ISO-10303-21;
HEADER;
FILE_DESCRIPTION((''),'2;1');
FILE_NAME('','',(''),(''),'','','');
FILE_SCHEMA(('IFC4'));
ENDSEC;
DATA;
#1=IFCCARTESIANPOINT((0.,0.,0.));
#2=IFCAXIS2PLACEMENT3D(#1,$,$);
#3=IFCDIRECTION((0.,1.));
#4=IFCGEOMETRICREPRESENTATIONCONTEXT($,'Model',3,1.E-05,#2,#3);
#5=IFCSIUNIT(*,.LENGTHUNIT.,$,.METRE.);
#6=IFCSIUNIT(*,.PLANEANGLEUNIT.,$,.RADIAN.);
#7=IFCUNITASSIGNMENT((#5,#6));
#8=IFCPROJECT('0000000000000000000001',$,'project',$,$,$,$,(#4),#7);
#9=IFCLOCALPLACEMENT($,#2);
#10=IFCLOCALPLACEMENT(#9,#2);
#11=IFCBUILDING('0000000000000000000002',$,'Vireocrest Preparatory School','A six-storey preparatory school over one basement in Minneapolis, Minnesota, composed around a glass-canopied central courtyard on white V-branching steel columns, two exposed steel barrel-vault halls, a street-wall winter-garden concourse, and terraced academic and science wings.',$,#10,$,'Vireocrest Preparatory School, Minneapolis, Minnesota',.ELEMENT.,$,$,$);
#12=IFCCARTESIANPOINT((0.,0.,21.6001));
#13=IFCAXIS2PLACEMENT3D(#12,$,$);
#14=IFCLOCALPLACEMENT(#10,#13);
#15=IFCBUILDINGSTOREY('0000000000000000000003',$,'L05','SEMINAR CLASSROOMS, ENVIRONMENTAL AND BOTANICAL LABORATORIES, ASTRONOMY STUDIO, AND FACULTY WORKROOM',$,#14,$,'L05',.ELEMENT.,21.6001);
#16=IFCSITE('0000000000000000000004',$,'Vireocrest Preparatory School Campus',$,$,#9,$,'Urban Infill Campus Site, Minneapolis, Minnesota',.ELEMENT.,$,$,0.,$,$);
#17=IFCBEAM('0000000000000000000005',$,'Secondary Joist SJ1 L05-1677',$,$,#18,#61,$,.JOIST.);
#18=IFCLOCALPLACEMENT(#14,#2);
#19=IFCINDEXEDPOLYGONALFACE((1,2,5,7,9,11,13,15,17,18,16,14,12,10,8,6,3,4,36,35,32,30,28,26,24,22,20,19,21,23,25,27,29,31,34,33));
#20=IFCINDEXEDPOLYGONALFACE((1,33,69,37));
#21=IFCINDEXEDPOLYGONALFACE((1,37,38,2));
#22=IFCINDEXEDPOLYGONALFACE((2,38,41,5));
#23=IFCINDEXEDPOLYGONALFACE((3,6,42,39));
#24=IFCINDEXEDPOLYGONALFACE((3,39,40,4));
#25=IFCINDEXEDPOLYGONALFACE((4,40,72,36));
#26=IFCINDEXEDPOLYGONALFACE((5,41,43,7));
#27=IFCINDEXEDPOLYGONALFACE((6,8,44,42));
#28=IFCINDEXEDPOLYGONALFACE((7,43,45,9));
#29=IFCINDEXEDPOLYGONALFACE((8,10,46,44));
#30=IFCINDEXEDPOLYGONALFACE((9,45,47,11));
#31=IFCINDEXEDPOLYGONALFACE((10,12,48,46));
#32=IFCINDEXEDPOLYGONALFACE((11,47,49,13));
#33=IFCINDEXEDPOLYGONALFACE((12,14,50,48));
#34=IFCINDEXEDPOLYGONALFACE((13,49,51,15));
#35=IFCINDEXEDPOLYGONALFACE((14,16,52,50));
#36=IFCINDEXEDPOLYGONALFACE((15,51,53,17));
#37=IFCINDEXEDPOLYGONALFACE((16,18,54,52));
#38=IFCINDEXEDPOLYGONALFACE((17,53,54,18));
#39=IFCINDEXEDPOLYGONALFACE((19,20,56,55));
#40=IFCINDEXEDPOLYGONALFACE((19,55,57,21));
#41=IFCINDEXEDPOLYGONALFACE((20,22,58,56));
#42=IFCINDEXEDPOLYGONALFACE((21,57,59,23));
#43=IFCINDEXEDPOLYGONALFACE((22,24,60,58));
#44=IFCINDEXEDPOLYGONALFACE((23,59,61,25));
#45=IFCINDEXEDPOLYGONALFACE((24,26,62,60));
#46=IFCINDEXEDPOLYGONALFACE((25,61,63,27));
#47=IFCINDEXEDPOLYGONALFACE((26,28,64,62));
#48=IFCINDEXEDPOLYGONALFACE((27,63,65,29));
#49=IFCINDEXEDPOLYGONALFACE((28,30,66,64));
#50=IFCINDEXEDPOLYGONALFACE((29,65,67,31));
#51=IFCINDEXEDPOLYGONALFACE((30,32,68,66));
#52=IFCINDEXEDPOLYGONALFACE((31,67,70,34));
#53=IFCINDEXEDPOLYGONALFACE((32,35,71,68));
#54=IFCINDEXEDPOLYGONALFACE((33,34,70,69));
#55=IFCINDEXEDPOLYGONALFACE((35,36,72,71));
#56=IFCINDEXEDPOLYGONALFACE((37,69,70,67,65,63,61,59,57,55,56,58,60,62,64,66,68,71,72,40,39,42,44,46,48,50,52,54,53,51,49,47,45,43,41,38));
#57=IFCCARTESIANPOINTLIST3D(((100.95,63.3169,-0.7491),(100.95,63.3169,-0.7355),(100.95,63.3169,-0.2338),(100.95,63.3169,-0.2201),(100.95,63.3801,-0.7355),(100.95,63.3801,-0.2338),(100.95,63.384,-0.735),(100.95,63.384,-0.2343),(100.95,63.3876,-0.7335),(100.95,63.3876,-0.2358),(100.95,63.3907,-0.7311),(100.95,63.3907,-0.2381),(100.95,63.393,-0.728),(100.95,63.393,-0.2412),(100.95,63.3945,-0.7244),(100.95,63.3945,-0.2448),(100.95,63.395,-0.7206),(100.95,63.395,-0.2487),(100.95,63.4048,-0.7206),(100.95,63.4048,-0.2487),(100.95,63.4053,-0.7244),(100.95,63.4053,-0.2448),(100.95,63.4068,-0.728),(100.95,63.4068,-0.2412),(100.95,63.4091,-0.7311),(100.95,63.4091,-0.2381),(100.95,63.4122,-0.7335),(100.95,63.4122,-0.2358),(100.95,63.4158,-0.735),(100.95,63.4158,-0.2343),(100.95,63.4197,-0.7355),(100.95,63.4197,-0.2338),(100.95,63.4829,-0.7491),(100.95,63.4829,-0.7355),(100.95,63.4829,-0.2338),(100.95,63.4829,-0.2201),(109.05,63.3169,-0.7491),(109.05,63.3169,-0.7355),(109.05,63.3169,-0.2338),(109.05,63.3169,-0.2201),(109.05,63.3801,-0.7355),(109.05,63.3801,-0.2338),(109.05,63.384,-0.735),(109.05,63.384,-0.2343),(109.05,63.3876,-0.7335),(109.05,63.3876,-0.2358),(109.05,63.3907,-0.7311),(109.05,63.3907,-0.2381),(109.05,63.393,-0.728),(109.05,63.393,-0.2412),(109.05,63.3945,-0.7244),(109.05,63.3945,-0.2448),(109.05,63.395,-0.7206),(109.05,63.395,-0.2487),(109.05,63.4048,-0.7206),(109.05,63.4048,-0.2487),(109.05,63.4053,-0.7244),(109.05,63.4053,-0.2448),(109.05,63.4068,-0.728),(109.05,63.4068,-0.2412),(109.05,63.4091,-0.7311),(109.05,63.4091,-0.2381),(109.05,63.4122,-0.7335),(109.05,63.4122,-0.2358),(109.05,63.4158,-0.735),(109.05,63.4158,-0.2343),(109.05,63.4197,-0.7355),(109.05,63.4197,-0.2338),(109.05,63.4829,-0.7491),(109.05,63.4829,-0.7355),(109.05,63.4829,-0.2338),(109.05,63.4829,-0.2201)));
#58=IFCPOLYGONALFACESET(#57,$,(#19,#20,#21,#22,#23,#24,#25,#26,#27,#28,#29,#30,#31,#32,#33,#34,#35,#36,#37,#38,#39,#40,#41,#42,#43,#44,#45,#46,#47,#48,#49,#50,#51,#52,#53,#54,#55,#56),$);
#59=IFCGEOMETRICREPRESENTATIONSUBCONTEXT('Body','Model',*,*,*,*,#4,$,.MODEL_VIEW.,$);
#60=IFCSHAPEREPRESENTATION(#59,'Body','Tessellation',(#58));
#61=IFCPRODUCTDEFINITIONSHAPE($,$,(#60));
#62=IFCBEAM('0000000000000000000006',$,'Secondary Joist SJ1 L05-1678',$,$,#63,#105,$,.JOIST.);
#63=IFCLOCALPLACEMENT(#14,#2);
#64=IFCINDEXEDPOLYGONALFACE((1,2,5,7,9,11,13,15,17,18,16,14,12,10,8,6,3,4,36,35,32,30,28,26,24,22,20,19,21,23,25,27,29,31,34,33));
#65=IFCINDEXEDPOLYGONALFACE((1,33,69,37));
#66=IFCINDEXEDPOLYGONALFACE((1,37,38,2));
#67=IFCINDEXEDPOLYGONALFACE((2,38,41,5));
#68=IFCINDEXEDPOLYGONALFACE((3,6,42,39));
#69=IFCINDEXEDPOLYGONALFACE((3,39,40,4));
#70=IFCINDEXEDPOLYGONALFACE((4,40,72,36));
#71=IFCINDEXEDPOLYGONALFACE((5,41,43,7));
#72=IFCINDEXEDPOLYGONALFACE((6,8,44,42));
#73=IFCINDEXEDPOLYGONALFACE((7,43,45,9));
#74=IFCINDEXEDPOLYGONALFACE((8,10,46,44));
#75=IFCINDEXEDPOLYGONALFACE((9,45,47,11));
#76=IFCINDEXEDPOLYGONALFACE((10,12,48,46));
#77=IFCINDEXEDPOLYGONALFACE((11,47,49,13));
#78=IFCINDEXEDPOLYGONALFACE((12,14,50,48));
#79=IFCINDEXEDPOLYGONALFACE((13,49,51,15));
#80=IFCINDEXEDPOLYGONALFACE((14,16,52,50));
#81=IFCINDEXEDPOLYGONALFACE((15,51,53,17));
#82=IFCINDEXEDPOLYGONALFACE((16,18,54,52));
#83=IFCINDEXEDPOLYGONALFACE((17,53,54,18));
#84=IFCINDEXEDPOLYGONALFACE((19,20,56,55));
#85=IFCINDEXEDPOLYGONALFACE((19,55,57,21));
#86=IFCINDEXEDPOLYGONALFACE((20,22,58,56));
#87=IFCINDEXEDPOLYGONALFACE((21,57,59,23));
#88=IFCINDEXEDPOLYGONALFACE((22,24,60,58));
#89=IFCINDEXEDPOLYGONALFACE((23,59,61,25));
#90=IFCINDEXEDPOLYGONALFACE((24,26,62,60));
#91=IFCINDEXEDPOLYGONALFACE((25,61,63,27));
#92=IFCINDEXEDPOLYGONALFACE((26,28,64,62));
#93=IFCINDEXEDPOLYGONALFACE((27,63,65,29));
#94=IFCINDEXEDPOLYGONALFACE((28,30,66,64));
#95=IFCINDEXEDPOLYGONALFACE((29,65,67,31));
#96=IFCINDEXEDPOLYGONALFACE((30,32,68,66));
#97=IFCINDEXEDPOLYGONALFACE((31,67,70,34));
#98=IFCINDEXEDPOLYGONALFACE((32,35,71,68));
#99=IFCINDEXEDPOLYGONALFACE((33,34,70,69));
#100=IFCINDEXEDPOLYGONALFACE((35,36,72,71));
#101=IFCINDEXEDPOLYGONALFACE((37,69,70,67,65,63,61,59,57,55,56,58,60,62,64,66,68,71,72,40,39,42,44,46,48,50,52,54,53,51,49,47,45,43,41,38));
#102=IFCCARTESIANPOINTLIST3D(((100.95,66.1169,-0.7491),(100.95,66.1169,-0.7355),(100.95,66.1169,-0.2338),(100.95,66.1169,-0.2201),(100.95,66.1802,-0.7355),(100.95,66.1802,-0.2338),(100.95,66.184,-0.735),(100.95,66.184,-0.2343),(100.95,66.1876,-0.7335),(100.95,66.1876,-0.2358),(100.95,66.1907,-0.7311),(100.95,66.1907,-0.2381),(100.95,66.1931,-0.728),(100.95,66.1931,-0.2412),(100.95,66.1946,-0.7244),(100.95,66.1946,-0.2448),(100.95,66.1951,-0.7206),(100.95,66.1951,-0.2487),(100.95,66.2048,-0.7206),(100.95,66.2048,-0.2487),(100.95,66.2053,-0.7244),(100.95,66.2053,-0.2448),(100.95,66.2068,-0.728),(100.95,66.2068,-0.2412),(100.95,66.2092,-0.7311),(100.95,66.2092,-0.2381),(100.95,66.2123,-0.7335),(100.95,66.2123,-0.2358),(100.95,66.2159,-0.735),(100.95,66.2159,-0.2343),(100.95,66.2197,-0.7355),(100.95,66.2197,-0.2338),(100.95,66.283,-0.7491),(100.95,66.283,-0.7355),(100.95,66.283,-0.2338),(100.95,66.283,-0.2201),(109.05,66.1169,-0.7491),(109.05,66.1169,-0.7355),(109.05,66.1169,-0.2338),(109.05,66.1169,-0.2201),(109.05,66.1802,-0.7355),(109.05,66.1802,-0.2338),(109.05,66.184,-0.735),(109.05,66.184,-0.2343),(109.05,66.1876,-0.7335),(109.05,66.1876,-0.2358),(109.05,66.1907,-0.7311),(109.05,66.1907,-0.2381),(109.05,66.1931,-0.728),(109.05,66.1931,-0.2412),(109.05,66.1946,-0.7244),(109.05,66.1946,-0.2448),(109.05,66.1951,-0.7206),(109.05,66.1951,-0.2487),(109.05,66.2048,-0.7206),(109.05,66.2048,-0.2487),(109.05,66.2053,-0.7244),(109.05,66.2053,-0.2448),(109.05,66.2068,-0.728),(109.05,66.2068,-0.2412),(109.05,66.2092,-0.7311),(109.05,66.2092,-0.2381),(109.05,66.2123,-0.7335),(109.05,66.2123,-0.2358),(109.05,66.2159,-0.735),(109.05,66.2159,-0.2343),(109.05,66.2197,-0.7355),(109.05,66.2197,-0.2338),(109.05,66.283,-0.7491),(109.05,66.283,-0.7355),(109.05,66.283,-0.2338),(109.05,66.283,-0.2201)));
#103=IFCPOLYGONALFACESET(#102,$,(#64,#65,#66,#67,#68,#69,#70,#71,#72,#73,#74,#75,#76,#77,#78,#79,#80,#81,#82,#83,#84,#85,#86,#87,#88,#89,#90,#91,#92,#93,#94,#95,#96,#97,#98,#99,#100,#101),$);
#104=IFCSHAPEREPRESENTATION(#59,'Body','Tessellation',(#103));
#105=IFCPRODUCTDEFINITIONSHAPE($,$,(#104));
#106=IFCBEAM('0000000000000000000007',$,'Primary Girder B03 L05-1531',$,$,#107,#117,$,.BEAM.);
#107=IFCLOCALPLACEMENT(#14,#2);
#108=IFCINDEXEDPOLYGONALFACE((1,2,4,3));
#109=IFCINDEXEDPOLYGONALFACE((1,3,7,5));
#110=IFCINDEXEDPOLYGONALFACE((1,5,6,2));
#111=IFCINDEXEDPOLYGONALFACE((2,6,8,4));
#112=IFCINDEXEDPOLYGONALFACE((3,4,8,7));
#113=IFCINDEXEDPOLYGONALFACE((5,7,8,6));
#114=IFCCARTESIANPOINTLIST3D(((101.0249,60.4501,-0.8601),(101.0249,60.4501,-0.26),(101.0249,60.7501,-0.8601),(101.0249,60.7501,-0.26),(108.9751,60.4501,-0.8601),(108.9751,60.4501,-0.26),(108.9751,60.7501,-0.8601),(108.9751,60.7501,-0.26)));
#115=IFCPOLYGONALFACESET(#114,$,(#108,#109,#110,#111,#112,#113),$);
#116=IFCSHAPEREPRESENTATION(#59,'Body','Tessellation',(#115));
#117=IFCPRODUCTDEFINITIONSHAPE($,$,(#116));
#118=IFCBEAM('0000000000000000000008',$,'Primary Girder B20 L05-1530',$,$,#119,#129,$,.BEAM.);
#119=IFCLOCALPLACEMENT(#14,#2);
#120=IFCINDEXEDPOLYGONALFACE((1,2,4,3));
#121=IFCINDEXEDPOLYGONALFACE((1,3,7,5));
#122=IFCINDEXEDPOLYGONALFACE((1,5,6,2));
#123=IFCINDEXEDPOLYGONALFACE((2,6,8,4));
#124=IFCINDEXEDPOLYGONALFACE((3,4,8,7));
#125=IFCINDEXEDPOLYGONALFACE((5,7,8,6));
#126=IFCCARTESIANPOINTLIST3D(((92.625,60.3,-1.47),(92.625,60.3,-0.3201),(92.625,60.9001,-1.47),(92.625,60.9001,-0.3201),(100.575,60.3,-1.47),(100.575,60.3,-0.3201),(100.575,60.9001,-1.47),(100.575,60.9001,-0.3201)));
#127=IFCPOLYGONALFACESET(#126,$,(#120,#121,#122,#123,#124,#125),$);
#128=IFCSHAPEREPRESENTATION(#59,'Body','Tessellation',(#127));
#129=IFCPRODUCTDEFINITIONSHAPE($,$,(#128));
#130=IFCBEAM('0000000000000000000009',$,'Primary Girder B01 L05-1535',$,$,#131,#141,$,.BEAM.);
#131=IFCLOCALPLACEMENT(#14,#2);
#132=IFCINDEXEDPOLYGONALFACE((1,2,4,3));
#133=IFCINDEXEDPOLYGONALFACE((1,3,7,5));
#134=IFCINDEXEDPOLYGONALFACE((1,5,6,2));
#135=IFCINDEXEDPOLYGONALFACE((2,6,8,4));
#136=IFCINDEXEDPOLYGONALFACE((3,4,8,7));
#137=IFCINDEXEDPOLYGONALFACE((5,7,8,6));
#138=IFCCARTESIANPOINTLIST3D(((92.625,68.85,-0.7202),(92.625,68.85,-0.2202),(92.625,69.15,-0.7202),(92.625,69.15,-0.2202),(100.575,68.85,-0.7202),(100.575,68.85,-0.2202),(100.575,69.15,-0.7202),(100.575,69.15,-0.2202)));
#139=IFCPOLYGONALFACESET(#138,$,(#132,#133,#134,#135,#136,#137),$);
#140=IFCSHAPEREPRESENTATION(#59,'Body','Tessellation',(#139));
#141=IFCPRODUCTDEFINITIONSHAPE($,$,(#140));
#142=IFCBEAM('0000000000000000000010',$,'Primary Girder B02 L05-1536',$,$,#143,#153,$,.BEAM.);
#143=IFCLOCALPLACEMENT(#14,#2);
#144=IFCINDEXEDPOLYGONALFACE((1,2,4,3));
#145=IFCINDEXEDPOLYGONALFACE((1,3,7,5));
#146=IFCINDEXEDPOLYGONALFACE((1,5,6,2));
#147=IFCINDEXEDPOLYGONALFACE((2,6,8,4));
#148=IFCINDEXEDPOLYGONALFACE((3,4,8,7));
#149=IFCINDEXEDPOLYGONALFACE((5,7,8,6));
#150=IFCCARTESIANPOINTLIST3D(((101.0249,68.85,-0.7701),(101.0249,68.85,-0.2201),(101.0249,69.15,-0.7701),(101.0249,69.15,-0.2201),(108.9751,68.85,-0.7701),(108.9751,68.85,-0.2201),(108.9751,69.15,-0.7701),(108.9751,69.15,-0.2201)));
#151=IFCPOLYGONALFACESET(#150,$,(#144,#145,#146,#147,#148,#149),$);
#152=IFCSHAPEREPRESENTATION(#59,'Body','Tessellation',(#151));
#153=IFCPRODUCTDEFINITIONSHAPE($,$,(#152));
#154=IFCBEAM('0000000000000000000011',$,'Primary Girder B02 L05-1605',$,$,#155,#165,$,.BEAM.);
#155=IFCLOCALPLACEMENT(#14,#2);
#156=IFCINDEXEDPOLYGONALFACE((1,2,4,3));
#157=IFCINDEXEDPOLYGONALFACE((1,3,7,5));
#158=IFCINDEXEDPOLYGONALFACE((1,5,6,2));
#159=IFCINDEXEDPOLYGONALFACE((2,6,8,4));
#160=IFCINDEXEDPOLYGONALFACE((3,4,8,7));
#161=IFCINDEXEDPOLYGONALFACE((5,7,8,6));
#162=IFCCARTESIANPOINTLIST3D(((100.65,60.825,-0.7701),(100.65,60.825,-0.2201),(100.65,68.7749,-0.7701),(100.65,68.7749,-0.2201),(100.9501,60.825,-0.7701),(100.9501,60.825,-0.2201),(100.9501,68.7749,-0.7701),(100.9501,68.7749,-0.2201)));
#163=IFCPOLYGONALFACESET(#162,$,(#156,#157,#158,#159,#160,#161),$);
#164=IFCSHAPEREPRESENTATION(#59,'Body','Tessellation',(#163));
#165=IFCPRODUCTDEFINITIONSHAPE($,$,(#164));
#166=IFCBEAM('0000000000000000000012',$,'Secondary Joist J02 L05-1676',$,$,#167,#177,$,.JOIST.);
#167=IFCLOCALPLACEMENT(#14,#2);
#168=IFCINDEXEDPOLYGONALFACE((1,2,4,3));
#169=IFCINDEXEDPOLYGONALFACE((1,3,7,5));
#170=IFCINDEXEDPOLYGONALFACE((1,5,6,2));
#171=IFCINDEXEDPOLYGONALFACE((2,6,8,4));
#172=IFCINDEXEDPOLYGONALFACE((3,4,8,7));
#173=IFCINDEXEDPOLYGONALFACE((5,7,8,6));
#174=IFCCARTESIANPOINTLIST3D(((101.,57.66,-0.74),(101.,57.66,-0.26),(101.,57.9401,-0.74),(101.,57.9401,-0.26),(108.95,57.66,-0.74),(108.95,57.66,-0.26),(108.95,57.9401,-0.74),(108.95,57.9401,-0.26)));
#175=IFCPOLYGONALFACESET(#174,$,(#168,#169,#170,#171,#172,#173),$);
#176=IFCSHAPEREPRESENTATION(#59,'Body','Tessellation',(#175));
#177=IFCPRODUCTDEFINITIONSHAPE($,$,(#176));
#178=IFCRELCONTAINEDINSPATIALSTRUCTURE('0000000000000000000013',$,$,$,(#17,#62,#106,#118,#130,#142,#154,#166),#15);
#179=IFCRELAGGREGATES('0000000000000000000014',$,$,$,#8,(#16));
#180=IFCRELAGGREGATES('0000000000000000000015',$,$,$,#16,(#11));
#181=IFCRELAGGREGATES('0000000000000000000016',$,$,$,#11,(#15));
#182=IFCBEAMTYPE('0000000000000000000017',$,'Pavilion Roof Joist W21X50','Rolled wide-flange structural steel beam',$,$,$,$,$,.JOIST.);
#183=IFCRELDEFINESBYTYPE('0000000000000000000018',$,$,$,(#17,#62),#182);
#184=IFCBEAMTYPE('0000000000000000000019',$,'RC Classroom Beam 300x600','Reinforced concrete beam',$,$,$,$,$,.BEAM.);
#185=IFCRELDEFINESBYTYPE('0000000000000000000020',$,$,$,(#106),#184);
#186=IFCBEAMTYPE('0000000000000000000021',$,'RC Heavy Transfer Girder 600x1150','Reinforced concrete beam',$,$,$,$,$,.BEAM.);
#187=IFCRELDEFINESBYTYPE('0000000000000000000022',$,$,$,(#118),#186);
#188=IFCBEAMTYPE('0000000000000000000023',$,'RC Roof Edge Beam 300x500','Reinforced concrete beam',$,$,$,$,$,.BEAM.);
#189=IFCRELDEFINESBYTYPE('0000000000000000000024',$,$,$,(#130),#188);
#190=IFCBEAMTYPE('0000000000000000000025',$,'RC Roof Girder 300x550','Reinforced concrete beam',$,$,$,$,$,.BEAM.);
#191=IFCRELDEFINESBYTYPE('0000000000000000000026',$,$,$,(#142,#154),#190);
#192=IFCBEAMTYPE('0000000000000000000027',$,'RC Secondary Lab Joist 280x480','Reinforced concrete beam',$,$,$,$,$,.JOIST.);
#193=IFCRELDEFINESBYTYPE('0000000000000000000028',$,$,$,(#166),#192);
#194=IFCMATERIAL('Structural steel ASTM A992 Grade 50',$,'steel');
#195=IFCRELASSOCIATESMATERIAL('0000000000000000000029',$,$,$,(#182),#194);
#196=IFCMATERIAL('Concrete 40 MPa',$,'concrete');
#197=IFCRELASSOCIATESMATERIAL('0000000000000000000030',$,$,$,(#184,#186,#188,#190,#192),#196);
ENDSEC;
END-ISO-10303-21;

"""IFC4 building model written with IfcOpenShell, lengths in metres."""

from ifc_helpers import new_model, si_unit, direction, frame, origin, origin_2d, place, context, subcontext, project, spatial, rectangle, i_section, extrude, material, material_profile, profile_set, type_object, element, save


model = new_model("IFC4")

# Units and contexts
model_context = context("Model", 3, precision=1e-05, world=origin(), true_north=direction((0.0, 1.0)))
body_context = subcontext(model_context, "Body", "Model", "MODEL_VIEW")
ifc_project = project(units=[si_unit("LENGTHUNIT", "METRE"), si_unit("PLANEANGLEUNIT", "RADIAN")], contexts=[model_context])

# Site, building, storey
site_placement = place(None, origin())
site = spatial("IfcSite", under=ifc_project, at=site_placement, Name="Vireocrest Preparatory School Campus", LongName="Urban Infill Campus Site, Minneapolis, Minnesota", CompositionType="ELEMENT", RefElevation=0.0)
building_placement = place(site_placement, origin())
building = spatial("IfcBuilding", under=site, at=building_placement, Name="Vireocrest Preparatory School", Description="A six-storey preparatory school over one basement in Minneapolis, Minnesota, composed around a glass-canopied central courtyard on white V-branching steel columns, two exposed steel barrel-vault halls, a street-wall winter-garden concourse, and terraced academic and science wings.", LongName="Vireocrest Preparatory School, Minneapolis, Minnesota", CompositionType="ELEMENT")
storey_placement = place(building_placement, frame((0.0, 0.0, 21.6001)))
storey = spatial("IfcBuildingStorey", under=building, at=storey_placement, Name="L05", Description="SEMINAR CLASSROOMS, ENVIRONMENTAL AND BOTANICAL LABORATORIES, ASTRONOMY STUDIO, AND FACULTY WORKROOM", LongName="L05", CompositionType="ELEMENT", Elevation=21.6001)

# Beams
ifc_material_1 = material(Name="Structural steel ASTM A992 Grade 50", Category="steel")
ifc_material_profile_1 = material_profile(ifc_material_1, i_section(OverallWidth=0.166, OverallDepth=0.5291, WebThickness=0.0098, FlangeThickness=0.0137, FilletRadius=0.0149, at=origin_2d()), Name="W21X50")
ifc_profile_set_1 = profile_set([ifc_material_profile_1], Name="Structural steel ASTM A992 Grade 50")
beam_type_1 = type_object("IfcBeamType", Name="Pavilion Roof Joist W21X50", Description="Rolled wide-flange structural steel beam", PredefinedType="JOIST", material=ifc_profile_set_1)
for number, where, z_axis, x_axis, name in (
    (1, (100.95, 63.3999, -0.4846), (1.0, 0.0, 0.0), (0.0, 1.0, 0.0), "Secondary Joist SJ1 L05-1677"),
    (2, (100.95, 66.2, -0.4846), (1.0, 0.0, 0.0), (0.0, 1.0, 0.0), "Secondary Joist SJ1 L05-1678"),
):
    element("IfcBeam", number, at=place(storey_placement, frame(where, z_axis=z_axis, x_axis=x_axis)), inside=storey, type_object=beam_type_1, Name=name, PredefinedType="JOIST", context=body_context, shape_type="SweptSolid", body=[
        extrude(i_section(OverallWidth=0.166, OverallDepth=0.5291, WebThickness=0.0098, FlangeThickness=0.0137, FilletRadius=0.0149, at=origin_2d()), origin(), (0.0, 0.0, 1.0), 8.1001),
    ])
ifc_material_2 = material(Name="Concrete 40 MPa", Category="concrete")
ifc_material_profile_2 = material_profile(ifc_material_2, rectangle(XDim=0.3, YDim=0.6001, at=origin_2d()), Name="RC 300x600")
ifc_profile_set_2 = profile_set([ifc_material_profile_2], Name="Concrete 40 MPa")
beam_type_2 = type_object("IfcBeamType", Name="RC Classroom Beam 300x600", Description="Reinforced concrete beam", PredefinedType="BEAM", material=ifc_profile_set_2)
beam_1_placement = place(storey_placement, frame((101.0249, 60.6001, -0.5601), z_axis=(1.0, 0.0, 0.0), x_axis=(0.0, 1.0, 0.0)))
element("IfcBeam", 3, at=beam_1_placement, inside=storey, type_object=beam_type_2, Name="Primary Girder B03 L05-1531", PredefinedType="BEAM", context=body_context, shape_type="SweptSolid", body=[
    extrude(rectangle(XDim=0.3, YDim=0.6001, at=origin_2d()), origin(), (0.0, 0.0, 1.0), 7.9502),
])
ifc_material_profile_3 = material_profile(ifc_material_2, rectangle(XDim=0.6001, YDim=1.1499, at=origin_2d()), Name="RC 600x1150")
ifc_profile_set_3 = profile_set([ifc_material_profile_3], Name="Concrete 40 MPa")
beam_type_3 = type_object("IfcBeamType", Name="RC Heavy Transfer Girder 600x1150", Description="Reinforced concrete beam", PredefinedType="BEAM", material=ifc_profile_set_3)
beam_2_placement = place(storey_placement, frame((92.625, 60.6001, -0.895), z_axis=(1.0, 0.0, 0.0), x_axis=(0.0, 1.0, 0.0)))
element("IfcBeam", 4, at=beam_2_placement, inside=storey, type_object=beam_type_3, Name="Primary Girder B20 L05-1530", PredefinedType="BEAM", context=body_context, shape_type="SweptSolid", body=[
    extrude(rectangle(XDim=0.6001, YDim=1.1499, at=origin_2d()), origin(), (0.0, 0.0, 1.0), 7.95),
])
ifc_material_profile_4 = material_profile(ifc_material_2, rectangle(XDim=0.3, YDim=0.5, at=origin_2d()), Name="RC 300x500")
ifc_profile_set_4 = profile_set([ifc_material_profile_4], Name="Concrete 40 MPa")
beam_type_4 = type_object("IfcBeamType", Name="RC Roof Edge Beam 300x500", Description="Reinforced concrete beam", PredefinedType="BEAM", material=ifc_profile_set_4)
beam_3_placement = place(storey_placement, frame((92.625, 69.0, -0.4702), z_axis=(1.0, 0.0, 0.0), x_axis=(0.0, 1.0, 0.0)))
element("IfcBeam", 5, at=beam_3_placement, inside=storey, type_object=beam_type_4, Name="Primary Girder B01 L05-1535", PredefinedType="BEAM", context=body_context, shape_type="SweptSolid", body=[
    extrude(rectangle(XDim=0.3, YDim=0.5, at=origin_2d()), origin(), (0.0, 0.0, 1.0), 7.95),
])
ifc_material_profile_5 = material_profile(ifc_material_2, rectangle(XDim=0.3, YDim=0.55, at=origin_2d()), Name="RC 300x550")
ifc_profile_set_5 = profile_set([ifc_material_profile_5], Name="Concrete 40 MPa")
beam_type_5 = type_object("IfcBeamType", Name="RC Roof Girder 300x550", Description="Reinforced concrete beam", PredefinedType="BEAM", material=ifc_profile_set_5)
beam_4_placement = place(storey_placement, frame((101.0249, 69.0, -0.4951), z_axis=(1.0, 0.0, 0.0), x_axis=(0.0, 1.0, 0.0)))
element("IfcBeam", 6, at=beam_4_placement, inside=storey, type_object=beam_type_5, Name="Primary Girder B02 L05-1536", PredefinedType="BEAM", context=body_context, shape_type="SweptSolid", body=[
    extrude(rectangle(XDim=0.3, YDim=0.55, at=origin_2d()), origin(), (0.0, 0.0, 1.0), 7.9502),
])
beam_5_placement = place(storey_placement, frame((100.8, 60.825, -0.4951), z_axis=(0.0, 1.0, 0.0), x_axis=(-1.0, 0.0, 0.0)))
element("IfcBeam", 7, at=beam_5_placement, inside=storey, type_object=beam_type_5, Name="Primary Girder B02 L05-1605", PredefinedType="BEAM", context=body_context, shape_type="SweptSolid", body=[
    extrude(rectangle(XDim=0.3, YDim=0.55, at=origin_2d()), origin(), (0.0, 0.0, 1.0), 7.95),
])
ifc_material_profile_6 = material_profile(ifc_material_2, rectangle(XDim=0.28, YDim=0.48, at=origin_2d()), Name="RC 280x480")
ifc_profile_set_6 = profile_set([ifc_material_profile_6], Name="Concrete 40 MPa")
beam_type_6 = type_object("IfcBeamType", Name="RC Secondary Lab Joist 280x480", Description="Reinforced concrete beam", PredefinedType="JOIST", material=ifc_profile_set_6)
beam_6_placement = place(storey_placement, frame((101.0, 57.8, -0.5), z_axis=(1.0, 0.0, 0.0), x_axis=(0.0, 1.0, 0.0)))
element("IfcBeam", 8, at=beam_6_placement, inside=storey, type_object=beam_type_6, Name="Secondary Joist J02 L05-1676", PredefinedType="JOIST", context=body_context, shape_type="SweptSolid", body=[
    extrude(rectangle(XDim=0.28, YDim=0.48, at=origin_2d()), origin(), (0.0, 0.0, 1.0), 7.95),
])

save(model, "model.ifc")
